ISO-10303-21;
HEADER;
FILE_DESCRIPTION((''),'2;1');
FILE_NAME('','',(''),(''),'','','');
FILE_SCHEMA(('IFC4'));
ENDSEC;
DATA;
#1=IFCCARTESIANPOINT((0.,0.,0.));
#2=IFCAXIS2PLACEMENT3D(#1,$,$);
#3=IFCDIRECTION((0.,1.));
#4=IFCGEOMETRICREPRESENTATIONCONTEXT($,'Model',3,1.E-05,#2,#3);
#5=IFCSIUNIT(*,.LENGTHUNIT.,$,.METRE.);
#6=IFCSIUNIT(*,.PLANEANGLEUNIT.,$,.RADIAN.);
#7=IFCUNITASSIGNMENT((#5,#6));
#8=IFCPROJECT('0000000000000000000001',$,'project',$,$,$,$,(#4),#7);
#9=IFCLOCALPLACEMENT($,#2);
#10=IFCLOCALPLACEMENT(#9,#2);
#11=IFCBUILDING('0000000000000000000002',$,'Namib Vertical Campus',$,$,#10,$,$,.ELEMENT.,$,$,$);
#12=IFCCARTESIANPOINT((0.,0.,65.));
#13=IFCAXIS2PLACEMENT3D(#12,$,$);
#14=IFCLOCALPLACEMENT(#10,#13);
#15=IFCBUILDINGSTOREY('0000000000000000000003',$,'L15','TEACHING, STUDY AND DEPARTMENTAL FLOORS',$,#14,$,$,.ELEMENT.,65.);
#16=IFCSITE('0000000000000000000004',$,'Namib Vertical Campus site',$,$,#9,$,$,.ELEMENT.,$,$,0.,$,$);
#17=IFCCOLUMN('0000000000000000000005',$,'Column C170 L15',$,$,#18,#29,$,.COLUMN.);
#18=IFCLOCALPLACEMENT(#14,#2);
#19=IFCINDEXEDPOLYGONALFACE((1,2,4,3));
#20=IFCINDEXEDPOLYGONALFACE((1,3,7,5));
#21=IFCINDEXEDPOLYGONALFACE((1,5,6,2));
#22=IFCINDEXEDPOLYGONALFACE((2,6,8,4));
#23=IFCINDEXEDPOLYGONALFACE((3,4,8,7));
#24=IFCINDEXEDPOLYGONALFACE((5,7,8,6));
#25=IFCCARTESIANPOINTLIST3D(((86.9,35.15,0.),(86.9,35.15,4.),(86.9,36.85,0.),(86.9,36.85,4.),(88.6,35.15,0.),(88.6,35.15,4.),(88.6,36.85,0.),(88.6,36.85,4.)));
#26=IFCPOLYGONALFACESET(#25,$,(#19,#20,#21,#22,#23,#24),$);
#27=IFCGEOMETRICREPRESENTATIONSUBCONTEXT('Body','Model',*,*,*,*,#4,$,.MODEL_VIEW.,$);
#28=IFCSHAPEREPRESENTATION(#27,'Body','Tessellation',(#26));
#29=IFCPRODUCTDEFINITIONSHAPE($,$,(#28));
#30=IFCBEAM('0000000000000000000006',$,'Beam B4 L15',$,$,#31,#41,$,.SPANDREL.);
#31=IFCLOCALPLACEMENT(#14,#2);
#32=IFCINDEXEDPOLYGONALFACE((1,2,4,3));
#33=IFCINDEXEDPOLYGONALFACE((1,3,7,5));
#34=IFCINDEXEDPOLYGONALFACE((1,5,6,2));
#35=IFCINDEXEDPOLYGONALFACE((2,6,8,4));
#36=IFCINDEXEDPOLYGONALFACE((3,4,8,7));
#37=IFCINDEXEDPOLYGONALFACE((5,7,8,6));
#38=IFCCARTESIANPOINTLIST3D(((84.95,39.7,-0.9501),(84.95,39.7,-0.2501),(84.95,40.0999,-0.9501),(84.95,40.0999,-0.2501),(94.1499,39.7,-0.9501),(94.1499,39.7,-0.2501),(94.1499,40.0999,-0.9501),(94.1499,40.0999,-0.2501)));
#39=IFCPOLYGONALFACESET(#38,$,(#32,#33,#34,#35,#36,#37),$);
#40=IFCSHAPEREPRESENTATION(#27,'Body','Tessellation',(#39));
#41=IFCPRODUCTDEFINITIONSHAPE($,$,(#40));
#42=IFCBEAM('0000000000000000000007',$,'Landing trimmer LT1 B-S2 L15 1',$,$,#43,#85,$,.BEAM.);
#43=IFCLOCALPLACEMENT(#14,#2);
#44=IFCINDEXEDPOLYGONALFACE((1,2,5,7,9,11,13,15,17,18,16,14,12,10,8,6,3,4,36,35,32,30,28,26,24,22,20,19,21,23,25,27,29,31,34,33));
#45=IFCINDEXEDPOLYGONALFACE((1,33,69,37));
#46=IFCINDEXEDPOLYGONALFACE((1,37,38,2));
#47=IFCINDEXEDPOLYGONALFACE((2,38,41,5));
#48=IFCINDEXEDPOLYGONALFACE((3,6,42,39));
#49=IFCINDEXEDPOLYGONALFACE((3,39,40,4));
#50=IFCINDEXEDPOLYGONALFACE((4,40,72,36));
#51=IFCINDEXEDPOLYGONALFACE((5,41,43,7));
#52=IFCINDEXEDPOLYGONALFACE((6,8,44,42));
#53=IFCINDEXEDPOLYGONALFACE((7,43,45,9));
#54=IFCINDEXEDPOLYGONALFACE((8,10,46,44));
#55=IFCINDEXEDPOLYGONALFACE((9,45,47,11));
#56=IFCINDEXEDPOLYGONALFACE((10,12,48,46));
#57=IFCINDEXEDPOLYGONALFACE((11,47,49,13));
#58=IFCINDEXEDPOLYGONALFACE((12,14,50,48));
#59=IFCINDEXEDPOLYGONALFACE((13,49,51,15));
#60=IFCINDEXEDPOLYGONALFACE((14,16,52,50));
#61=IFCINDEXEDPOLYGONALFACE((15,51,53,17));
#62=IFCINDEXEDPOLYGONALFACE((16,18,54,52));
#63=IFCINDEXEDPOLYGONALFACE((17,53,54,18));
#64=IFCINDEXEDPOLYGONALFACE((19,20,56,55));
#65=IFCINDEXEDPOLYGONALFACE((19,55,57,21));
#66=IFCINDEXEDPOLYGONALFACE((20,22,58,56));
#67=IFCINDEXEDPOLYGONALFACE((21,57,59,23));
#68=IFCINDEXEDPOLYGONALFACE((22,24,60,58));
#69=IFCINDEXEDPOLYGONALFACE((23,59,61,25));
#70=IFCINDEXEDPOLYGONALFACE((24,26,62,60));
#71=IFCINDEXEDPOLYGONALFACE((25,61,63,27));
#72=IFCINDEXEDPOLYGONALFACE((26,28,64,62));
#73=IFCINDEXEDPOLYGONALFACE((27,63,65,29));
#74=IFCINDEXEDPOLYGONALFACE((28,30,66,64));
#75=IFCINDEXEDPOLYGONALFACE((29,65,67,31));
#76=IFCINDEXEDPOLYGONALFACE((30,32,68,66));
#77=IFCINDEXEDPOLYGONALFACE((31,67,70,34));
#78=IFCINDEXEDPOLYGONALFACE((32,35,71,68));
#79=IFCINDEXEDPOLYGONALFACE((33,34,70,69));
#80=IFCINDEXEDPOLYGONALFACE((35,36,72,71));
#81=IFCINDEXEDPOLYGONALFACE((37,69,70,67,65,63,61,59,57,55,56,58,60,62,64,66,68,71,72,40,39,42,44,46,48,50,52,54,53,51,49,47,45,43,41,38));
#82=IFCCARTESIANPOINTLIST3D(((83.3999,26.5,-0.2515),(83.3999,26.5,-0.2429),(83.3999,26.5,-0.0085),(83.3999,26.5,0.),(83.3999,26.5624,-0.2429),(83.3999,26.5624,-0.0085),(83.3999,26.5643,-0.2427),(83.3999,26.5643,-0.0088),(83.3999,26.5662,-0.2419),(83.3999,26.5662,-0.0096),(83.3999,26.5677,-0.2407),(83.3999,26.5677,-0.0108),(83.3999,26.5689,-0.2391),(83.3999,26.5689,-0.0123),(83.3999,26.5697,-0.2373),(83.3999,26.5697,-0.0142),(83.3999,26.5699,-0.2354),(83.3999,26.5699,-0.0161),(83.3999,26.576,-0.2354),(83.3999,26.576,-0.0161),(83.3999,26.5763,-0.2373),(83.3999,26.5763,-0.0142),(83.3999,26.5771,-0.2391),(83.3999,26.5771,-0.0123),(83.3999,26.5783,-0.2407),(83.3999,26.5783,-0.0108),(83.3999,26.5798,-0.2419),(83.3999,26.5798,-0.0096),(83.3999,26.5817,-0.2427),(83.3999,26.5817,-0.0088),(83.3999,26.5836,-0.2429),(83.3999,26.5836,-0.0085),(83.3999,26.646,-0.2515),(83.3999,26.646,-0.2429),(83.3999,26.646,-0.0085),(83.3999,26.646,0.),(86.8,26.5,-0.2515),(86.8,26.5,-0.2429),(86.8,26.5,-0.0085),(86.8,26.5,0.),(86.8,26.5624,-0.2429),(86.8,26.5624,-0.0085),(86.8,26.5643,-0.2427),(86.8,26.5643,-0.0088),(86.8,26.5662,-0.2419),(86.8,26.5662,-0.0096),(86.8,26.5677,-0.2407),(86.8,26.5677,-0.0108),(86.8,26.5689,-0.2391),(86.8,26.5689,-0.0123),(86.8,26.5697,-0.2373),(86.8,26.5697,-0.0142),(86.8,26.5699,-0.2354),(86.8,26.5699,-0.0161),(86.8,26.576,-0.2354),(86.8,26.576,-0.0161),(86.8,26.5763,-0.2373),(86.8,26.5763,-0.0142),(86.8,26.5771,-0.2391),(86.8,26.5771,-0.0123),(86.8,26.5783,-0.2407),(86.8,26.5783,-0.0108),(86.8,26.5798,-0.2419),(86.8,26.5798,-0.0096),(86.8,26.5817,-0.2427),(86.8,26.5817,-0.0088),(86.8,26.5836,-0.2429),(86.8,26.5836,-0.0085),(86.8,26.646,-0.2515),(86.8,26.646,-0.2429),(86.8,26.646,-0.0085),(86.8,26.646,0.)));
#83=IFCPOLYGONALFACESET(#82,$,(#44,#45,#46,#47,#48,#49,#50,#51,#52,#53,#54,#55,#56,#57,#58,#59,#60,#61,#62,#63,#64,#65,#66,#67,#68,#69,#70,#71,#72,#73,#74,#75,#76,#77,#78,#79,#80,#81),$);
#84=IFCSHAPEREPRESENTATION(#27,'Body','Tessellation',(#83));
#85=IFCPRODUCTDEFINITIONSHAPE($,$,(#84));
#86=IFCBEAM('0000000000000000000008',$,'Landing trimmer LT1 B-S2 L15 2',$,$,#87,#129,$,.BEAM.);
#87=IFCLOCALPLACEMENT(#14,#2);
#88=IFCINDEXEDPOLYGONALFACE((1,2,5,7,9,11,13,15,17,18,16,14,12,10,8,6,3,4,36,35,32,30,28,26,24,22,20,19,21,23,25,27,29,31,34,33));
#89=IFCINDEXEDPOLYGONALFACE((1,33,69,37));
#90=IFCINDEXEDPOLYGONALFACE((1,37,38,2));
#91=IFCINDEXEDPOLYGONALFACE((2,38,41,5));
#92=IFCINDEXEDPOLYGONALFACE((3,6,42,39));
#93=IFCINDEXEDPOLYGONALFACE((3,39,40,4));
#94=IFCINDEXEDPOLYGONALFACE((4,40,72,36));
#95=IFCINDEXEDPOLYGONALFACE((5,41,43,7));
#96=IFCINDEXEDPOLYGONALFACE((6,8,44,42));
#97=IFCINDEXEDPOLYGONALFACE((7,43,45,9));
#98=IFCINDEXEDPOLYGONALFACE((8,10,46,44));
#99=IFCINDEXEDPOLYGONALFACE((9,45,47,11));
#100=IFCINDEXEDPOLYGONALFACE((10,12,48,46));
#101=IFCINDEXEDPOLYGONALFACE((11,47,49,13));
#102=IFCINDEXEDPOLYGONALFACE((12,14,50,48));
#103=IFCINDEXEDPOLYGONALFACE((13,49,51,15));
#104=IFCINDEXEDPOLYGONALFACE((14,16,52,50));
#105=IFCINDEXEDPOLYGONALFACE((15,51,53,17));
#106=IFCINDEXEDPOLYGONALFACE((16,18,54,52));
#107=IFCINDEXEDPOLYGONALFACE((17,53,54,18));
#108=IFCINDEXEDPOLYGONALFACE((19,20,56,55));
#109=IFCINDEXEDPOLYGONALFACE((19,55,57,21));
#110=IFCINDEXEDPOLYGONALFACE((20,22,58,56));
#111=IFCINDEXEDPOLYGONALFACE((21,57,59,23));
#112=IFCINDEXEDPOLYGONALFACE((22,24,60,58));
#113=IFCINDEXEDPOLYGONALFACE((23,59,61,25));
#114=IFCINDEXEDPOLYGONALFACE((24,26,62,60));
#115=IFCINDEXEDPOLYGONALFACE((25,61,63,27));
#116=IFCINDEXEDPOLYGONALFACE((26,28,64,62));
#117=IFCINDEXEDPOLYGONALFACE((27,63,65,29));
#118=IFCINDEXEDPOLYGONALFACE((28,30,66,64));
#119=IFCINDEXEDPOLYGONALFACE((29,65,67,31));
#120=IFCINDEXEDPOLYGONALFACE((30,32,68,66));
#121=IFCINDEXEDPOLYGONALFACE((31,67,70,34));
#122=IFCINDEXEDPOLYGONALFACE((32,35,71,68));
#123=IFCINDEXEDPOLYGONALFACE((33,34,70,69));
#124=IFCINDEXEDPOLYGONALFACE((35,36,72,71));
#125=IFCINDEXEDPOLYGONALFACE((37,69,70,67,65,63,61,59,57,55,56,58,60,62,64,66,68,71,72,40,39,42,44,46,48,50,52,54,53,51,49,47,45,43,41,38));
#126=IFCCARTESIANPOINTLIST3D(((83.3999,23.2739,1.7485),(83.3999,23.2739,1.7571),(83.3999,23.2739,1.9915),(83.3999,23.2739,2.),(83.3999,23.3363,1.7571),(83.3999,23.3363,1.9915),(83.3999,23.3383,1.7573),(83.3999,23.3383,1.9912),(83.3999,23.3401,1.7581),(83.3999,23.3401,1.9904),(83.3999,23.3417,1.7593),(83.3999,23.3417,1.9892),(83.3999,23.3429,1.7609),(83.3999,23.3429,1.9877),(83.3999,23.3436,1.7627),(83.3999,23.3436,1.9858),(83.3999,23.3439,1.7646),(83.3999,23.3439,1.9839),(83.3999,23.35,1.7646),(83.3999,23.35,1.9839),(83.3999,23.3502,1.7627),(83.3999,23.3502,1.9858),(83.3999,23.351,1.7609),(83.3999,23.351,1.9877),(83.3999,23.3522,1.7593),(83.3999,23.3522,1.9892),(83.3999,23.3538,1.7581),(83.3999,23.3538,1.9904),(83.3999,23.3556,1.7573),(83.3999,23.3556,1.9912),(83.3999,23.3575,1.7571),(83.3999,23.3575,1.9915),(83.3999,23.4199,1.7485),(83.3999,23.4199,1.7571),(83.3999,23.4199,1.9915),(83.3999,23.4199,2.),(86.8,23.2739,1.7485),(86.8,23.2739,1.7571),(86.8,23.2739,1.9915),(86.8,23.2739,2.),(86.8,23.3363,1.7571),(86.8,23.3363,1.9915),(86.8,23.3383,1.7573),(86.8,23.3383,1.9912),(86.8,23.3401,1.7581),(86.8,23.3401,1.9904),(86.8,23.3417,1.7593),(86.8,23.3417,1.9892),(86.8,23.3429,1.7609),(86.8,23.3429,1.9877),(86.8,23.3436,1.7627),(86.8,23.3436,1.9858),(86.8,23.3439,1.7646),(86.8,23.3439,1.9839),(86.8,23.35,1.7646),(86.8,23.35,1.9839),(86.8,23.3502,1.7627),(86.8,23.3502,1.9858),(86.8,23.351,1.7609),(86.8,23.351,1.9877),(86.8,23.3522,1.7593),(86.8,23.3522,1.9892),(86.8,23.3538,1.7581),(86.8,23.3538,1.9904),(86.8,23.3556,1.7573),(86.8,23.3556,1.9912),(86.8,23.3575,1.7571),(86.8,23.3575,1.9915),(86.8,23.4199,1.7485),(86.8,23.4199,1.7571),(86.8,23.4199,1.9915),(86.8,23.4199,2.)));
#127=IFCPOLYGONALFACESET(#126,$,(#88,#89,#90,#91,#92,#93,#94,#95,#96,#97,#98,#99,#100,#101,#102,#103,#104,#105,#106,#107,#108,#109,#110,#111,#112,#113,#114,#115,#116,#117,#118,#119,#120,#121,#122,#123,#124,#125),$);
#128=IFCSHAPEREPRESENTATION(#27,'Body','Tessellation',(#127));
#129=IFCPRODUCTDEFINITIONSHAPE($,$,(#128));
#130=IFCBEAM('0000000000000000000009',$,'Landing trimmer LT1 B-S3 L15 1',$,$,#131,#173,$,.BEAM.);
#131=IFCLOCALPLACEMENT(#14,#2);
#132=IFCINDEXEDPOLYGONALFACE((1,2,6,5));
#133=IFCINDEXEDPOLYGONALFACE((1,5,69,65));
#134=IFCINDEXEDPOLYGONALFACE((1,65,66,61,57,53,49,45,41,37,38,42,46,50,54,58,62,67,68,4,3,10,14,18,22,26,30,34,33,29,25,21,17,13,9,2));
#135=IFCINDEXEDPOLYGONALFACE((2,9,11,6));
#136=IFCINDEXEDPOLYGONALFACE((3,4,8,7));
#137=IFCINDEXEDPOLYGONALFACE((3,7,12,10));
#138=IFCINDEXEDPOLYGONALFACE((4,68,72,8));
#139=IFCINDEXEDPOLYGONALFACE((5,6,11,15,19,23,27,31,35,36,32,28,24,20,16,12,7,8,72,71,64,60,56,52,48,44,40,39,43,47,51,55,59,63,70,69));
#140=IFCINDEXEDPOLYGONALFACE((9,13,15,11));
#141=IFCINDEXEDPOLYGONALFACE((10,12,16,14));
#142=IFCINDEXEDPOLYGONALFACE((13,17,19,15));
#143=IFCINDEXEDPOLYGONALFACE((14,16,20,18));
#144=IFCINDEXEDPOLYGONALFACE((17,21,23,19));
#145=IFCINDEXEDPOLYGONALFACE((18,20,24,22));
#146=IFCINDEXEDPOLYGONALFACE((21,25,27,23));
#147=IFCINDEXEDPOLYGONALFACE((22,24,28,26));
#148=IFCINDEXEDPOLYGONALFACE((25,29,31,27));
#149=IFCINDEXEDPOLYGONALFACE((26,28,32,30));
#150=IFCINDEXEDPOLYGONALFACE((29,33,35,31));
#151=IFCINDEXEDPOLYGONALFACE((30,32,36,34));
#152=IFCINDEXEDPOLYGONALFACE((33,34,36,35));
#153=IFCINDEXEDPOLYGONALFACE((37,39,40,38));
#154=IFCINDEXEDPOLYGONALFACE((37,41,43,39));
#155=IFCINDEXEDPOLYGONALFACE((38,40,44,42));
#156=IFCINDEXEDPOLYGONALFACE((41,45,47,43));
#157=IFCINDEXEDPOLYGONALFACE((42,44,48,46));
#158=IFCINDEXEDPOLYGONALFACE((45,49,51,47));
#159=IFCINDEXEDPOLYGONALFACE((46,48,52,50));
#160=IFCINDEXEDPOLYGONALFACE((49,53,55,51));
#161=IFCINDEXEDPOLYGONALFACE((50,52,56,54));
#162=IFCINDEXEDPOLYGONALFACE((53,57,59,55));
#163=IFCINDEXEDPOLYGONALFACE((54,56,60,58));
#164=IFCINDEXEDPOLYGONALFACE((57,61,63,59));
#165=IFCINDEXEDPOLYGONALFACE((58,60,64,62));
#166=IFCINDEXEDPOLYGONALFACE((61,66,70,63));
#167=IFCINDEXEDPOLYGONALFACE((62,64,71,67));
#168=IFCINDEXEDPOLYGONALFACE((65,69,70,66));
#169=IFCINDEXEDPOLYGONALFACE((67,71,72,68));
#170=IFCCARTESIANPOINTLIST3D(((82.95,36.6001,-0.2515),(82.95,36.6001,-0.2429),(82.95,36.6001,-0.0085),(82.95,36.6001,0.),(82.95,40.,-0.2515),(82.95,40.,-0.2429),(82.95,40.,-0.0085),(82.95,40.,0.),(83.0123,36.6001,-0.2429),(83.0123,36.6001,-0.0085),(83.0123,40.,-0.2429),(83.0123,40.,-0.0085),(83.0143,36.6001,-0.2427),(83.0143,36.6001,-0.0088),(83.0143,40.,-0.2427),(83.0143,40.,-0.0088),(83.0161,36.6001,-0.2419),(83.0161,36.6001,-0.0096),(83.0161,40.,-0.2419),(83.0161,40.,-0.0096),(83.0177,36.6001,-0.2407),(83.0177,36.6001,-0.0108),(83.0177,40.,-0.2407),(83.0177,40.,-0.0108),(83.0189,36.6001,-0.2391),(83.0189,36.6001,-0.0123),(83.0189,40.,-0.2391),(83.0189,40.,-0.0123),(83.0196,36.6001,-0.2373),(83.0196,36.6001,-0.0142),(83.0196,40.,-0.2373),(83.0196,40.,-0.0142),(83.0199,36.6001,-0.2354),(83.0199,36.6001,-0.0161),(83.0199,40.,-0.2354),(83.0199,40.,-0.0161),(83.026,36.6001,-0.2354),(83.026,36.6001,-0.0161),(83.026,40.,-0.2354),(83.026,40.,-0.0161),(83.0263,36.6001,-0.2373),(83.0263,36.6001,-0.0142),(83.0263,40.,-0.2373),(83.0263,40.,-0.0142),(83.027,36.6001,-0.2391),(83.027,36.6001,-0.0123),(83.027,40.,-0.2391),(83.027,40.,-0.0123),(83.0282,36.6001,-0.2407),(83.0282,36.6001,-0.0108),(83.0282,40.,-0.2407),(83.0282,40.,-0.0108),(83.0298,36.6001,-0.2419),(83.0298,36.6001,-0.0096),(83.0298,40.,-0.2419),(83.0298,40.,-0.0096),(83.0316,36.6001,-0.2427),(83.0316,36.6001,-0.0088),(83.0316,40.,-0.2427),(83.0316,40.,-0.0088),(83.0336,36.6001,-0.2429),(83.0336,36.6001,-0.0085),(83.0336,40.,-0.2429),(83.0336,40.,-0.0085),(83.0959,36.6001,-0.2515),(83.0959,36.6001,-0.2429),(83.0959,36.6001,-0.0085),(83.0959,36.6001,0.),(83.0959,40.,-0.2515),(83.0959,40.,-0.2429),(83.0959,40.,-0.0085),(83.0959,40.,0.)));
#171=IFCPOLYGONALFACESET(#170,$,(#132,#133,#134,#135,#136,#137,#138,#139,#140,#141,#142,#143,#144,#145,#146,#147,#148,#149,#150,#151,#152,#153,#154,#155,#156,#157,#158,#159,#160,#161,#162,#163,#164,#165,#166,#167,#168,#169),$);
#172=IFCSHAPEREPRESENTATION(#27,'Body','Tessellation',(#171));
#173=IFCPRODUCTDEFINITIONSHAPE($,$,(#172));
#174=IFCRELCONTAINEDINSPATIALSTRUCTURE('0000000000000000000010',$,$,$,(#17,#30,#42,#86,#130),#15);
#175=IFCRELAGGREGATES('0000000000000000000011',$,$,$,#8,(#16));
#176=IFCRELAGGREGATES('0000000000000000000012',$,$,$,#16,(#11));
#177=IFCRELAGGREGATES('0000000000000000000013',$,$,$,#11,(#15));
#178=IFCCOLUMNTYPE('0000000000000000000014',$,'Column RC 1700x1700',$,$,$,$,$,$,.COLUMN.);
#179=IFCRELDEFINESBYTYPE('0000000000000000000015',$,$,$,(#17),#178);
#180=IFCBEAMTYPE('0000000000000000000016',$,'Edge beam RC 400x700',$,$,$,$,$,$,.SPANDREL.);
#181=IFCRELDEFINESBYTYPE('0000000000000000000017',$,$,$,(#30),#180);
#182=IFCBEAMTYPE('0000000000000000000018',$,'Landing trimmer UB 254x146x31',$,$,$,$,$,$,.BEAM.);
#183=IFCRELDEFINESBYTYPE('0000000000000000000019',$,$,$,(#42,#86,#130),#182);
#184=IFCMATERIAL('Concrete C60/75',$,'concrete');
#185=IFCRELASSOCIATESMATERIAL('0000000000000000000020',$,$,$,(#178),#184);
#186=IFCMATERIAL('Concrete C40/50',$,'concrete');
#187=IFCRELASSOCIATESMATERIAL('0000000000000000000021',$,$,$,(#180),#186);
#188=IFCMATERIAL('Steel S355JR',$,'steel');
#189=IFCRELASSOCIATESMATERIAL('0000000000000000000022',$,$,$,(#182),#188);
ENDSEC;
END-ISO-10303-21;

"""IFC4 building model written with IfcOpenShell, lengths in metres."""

from ifc_helpers import new_model, si_unit, direction, frame, origin, origin_2d, place, context, subcontext, project, spatial, rectangle, i_section, extrude, material, material_profile, profile_set, type_object, element, save


model = new_model("IFC4")

# Units and contexts
model_context = context("Model", 3, precision=1e-05, world=origin(), true_north=direction((0.0, 1.0)))
body_context = subcontext(model_context, "Body", "Model", "MODEL_VIEW")
ifc_project = project(units=[si_unit("LENGTHUNIT", "METRE"), si_unit("PLANEANGLEUNIT", "RADIAN")], contexts=[model_context])

# Site, building, storey
site_placement = place(None, origin())
site = spatial("IfcSite", under=ifc_project, at=site_placement, Name="Namib Vertical Campus site", CompositionType="ELEMENT", RefElevation=0.0)
building_placement = place(site_placement, origin())
building = spatial("IfcBuilding", under=site, at=building_placement, Name="Namib Vertical Campus", CompositionType="ELEMENT")
storey_placement = place(building_placement, frame((0.0, 0.0, 65.0)))
storey = spatial("IfcBuildingStorey", under=building, at=storey_placement, Name="L15", Description="TEACHING, STUDY AND DEPARTMENTAL FLOORS", CompositionType="ELEMENT", Elevation=65.0)

# Column
ifc_material_1 = material(Name="Concrete C60/75", Category="concrete")
ifc_material_profile_1 = material_profile(ifc_material_1, rectangle(XDim=1.7, YDim=1.7, at=origin_2d()))
ifc_profile_set_1 = profile_set([ifc_material_profile_1], Name="Concrete C60/75")
column_type = type_object("IfcColumnType", Name="Column RC 1700x1700", PredefinedType="COLUMN", material=ifc_profile_set_1)
column_placement = place(storey_placement, frame((87.75, 36.0, 0.0), z_axis=(0.0, 0.0, 1.0), x_axis=(1.0, 0.0, 0.0)))
element("IfcColumn", 1, at=column_placement, inside=storey, type_object=column_type, Name="Column C170 L15", PredefinedType="COLUMN", context=body_context, shape_type="SweptSolid", body=[
    extrude(rectangle(XDim=1.7, YDim=1.7, at=origin_2d()), origin(), (0.0, 0.0, 1.0), 4.0),
])

# Beams
ifc_material_2 = material(Name="Concrete C40/50", Category="concrete")
ifc_material_profile_2 = material_profile(ifc_material_2, rectangle(XDim=0.3999, YDim=0.7, at=origin_2d()))
ifc_profile_set_2 = profile_set([ifc_material_profile_2], Name="Concrete C40/50")
beam_type_1 = type_object("IfcBeamType", Name="Edge beam RC 400x700", PredefinedType="SPANDREL", material=ifc_profile_set_2)
beam_1_placement = place(storey_placement, frame((84.95, 39.8999, -0.6001), z_axis=(1.0, 0.0, 0.0), x_axis=(0.0, 1.0, 0.0)))
element("IfcBeam", 2, at=beam_1_placement, inside=storey, type_object=beam_type_1, Name="Beam B4 L15", PredefinedType="SPANDREL", context=body_context, shape_type="SweptSolid", body=[
    extrude(rectangle(XDim=0.3999, YDim=0.7, at=origin_2d()), origin(), (0.0, 0.0, 1.0), 9.2),
])
ifc_material_3 = material(Name="Steel S355JR", Category="steel")
ifc_material_profile_3 = material_profile(ifc_material_3, i_section(OverallWidth=0.146, OverallDepth=0.2515, WebThickness=0.0061, FlangeThickness=0.0085, FilletRadius=0.0076, at=origin_2d()))
ifc_profile_set_3 = profile_set([ifc_material_profile_3], Name="Steel S355JR")
beam_type_2 = type_object("IfcBeamType", Name="Landing trimmer UB 254x146x31", PredefinedType="BEAM", material=ifc_profile_set_3)
for number, where, z_axis, x_axis, name in (
    (3, (83.3999, 26.573, -0.1257), (1.0, 0.0, 0.0), (0.0, 1.0, 0.0), "Landing trimmer LT1 B-S2 L15 1"),
    (4, (83.3999, 23.3469, 1.8743), (1.0, 0.0, 0.0), (0.0, 1.0, 0.0), "Landing trimmer LT1 B-S2 L15 2"),
):
    element("IfcBeam", number, at=place(storey_placement, frame(where, z_axis=z_axis, x_axis=x_axis)), inside=storey, type_object=beam_type_2, Name=name, PredefinedType="BEAM", context=body_context, shape_type="SweptSolid", body=[
        extrude(i_section(OverallWidth=0.146, OverallDepth=0.2515, WebThickness=0.0061, FlangeThickness=0.0085, FilletRadius=0.0076, at=origin_2d()), origin(), (0.0, 0.0, 1.0), 3.4001),
    ])
beam_2_placement = place(storey_placement, frame((83.0229, 36.6001, -0.1257), z_axis=(0.0, 1.0, 0.0), x_axis=(-1.0, 0.0, 0.0)))
element("IfcBeam", 5, at=beam_2_placement, inside=storey, type_object=beam_type_2, Name="Landing trimmer LT1 B-S3 L15 1", PredefinedType="BEAM", context=body_context, shape_type="SweptSolid", body=[
    extrude(i_section(OverallWidth=0.146, OverallDepth=0.2515, WebThickness=0.0061, FlangeThickness=0.0085, FilletRadius=0.0076, at=origin_2d()), origin(), (0.0, 0.0, 1.0), 3.3999),
])

save(model, "model.ifc")
